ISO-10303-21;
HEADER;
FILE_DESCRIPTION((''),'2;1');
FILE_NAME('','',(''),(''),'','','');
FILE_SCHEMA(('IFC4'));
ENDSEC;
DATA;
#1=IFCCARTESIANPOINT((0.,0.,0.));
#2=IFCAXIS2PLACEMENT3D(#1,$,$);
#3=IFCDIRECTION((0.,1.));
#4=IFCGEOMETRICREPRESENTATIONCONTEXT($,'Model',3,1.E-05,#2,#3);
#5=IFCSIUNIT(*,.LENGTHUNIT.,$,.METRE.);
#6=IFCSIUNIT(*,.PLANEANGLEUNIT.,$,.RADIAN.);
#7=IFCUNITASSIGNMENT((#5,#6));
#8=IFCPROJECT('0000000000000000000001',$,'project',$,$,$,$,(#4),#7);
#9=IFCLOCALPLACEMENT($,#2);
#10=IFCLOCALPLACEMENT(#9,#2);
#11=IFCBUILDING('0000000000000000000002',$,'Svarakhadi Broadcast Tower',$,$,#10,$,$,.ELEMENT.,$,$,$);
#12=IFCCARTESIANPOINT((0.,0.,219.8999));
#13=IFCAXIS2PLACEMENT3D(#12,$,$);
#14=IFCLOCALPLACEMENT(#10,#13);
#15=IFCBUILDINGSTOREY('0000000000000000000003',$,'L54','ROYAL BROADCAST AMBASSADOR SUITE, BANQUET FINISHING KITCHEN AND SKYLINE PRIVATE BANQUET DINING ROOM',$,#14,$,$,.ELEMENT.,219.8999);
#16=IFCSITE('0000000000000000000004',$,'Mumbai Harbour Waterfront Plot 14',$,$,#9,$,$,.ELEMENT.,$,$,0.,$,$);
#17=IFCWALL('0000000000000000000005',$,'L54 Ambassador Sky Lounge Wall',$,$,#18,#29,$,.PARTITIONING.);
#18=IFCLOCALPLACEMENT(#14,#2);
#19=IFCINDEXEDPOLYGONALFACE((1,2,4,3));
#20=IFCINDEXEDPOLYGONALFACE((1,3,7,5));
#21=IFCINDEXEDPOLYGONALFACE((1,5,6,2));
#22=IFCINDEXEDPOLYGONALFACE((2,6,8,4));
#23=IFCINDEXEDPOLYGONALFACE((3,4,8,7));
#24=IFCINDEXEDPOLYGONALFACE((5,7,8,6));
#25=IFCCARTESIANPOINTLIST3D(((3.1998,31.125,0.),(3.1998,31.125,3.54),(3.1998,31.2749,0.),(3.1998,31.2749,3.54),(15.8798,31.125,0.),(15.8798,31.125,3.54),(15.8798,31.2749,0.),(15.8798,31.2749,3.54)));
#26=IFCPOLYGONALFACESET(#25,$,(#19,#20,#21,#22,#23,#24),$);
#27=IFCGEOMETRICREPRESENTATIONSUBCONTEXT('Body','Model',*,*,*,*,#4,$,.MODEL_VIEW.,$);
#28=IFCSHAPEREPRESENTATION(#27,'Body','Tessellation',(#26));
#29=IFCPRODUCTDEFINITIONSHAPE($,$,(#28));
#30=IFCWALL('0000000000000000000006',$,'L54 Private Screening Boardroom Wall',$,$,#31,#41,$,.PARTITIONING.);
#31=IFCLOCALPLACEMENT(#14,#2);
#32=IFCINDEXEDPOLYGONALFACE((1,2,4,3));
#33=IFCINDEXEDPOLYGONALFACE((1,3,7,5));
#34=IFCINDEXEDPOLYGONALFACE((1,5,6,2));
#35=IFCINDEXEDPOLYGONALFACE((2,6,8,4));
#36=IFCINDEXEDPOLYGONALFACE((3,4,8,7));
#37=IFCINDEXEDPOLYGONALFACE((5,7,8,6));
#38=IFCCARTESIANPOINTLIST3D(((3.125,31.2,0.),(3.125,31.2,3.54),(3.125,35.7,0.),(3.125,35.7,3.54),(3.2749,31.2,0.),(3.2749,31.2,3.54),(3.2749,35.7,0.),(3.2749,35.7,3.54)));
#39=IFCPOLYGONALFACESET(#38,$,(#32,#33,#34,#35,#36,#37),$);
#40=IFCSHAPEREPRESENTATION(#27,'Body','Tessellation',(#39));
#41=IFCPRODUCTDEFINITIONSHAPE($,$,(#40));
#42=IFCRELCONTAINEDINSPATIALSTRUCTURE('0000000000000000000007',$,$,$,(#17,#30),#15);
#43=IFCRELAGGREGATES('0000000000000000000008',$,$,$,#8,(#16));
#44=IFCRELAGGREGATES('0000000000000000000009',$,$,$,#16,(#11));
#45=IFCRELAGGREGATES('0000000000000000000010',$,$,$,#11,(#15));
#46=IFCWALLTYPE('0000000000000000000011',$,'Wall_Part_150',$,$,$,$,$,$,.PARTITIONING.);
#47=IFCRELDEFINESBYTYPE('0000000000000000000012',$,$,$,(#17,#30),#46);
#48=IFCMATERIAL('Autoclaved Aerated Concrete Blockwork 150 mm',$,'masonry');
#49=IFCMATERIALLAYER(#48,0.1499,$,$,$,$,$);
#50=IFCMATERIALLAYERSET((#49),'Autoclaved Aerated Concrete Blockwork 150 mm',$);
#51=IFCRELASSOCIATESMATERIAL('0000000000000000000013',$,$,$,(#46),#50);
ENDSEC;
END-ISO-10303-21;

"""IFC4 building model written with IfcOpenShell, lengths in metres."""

from ifc_helpers import new_model, si_unit, direction, frame, frame_2d, origin, place, context, subcontext, project, spatial, rectangle, extrude, material, layer, layer_set, type_object, element, save


model = new_model("IFC4")

# Units and contexts
model_context = context("Model", 3, precision=1e-05, world=origin(), true_north=direction((0.0, 1.0)))
body_context = subcontext(model_context, "Body", "Model", "MODEL_VIEW")
ifc_project = project(units=[si_unit("LENGTHUNIT", "METRE"), si_unit("PLANEANGLEUNIT", "RADIAN")], contexts=[model_context])

# Site, building, storey
site_placement = place(None, origin())
site = spatial("IfcSite", under=ifc_project, at=site_placement, Name="Mumbai Harbour Waterfront Plot 14", CompositionType="ELEMENT", RefElevation=0.0)
building_placement = place(site_placement, origin())
building = spatial("IfcBuilding", under=site, at=building_placement, Name="Svarakhadi Broadcast Tower", CompositionType="ELEMENT")
storey_placement = place(building_placement, frame((0.0, 0.0, 219.8999)))
storey = spatial("IfcBuildingStorey", under=building, at=storey_placement, Name="L54", Description="ROYAL BROADCAST AMBASSADOR SUITE, BANQUET FINISHING KITCHEN AND SKYLINE PRIVATE BANQUET DINING ROOM", CompositionType="ELEMENT", Elevation=219.8999)

# Walls
ifc_material_1 = material(Name="Autoclaved Aerated Concrete Blockwork 150 mm", Category="masonry")
ifc_layer_1 = layer(ifc_material_1, 0.1499)
ifc_layer_set_1 = layer_set([ifc_layer_1], Name="Autoclaved Aerated Concrete Blockwork 150 mm")
wall_type = type_object("IfcWallType", Name="Wall_Part_150", PredefinedType="PARTITIONING", material=ifc_layer_set_1)
wall_1_placement = place(storey_placement, frame((3.2, 31.2, 0.0), z_axis=(0.0, 0.0, 1.0), x_axis=(1.0, 0.0, 0.0)))
element("IfcWall", 1, at=wall_1_placement, inside=storey, type_object=wall_type, Name="L54 Ambassador Sky Lounge Wall", PredefinedType="PARTITIONING", context=body_context, shape_type="SweptSolid", body=[
    extrude(rectangle(XDim=12.6799, YDim=0.1499, at=frame_2d((6.3398, 0.0))), origin(), (0.0, 0.0, 1.0), 3.54),
])
wall_2_placement = place(storey_placement, frame((3.2, 31.2, 0.0), z_axis=(0.0, 0.0, 1.0), x_axis=(0.0, 1.0, 0.0)))
element("IfcWall", 2, at=wall_2_placement, inside=storey, type_object=wall_type, Name="L54 Private Screening Boardroom Wall", PredefinedType="PARTITIONING", context=body_context, shape_type="SweptSolid", body=[
    extrude(rectangle(XDim=4.5, YDim=0.1499, at=frame_2d((2.25, 0.0))), origin(), (0.0, 0.0, 1.0), 3.54),
])

save(model, "model.ifc")
